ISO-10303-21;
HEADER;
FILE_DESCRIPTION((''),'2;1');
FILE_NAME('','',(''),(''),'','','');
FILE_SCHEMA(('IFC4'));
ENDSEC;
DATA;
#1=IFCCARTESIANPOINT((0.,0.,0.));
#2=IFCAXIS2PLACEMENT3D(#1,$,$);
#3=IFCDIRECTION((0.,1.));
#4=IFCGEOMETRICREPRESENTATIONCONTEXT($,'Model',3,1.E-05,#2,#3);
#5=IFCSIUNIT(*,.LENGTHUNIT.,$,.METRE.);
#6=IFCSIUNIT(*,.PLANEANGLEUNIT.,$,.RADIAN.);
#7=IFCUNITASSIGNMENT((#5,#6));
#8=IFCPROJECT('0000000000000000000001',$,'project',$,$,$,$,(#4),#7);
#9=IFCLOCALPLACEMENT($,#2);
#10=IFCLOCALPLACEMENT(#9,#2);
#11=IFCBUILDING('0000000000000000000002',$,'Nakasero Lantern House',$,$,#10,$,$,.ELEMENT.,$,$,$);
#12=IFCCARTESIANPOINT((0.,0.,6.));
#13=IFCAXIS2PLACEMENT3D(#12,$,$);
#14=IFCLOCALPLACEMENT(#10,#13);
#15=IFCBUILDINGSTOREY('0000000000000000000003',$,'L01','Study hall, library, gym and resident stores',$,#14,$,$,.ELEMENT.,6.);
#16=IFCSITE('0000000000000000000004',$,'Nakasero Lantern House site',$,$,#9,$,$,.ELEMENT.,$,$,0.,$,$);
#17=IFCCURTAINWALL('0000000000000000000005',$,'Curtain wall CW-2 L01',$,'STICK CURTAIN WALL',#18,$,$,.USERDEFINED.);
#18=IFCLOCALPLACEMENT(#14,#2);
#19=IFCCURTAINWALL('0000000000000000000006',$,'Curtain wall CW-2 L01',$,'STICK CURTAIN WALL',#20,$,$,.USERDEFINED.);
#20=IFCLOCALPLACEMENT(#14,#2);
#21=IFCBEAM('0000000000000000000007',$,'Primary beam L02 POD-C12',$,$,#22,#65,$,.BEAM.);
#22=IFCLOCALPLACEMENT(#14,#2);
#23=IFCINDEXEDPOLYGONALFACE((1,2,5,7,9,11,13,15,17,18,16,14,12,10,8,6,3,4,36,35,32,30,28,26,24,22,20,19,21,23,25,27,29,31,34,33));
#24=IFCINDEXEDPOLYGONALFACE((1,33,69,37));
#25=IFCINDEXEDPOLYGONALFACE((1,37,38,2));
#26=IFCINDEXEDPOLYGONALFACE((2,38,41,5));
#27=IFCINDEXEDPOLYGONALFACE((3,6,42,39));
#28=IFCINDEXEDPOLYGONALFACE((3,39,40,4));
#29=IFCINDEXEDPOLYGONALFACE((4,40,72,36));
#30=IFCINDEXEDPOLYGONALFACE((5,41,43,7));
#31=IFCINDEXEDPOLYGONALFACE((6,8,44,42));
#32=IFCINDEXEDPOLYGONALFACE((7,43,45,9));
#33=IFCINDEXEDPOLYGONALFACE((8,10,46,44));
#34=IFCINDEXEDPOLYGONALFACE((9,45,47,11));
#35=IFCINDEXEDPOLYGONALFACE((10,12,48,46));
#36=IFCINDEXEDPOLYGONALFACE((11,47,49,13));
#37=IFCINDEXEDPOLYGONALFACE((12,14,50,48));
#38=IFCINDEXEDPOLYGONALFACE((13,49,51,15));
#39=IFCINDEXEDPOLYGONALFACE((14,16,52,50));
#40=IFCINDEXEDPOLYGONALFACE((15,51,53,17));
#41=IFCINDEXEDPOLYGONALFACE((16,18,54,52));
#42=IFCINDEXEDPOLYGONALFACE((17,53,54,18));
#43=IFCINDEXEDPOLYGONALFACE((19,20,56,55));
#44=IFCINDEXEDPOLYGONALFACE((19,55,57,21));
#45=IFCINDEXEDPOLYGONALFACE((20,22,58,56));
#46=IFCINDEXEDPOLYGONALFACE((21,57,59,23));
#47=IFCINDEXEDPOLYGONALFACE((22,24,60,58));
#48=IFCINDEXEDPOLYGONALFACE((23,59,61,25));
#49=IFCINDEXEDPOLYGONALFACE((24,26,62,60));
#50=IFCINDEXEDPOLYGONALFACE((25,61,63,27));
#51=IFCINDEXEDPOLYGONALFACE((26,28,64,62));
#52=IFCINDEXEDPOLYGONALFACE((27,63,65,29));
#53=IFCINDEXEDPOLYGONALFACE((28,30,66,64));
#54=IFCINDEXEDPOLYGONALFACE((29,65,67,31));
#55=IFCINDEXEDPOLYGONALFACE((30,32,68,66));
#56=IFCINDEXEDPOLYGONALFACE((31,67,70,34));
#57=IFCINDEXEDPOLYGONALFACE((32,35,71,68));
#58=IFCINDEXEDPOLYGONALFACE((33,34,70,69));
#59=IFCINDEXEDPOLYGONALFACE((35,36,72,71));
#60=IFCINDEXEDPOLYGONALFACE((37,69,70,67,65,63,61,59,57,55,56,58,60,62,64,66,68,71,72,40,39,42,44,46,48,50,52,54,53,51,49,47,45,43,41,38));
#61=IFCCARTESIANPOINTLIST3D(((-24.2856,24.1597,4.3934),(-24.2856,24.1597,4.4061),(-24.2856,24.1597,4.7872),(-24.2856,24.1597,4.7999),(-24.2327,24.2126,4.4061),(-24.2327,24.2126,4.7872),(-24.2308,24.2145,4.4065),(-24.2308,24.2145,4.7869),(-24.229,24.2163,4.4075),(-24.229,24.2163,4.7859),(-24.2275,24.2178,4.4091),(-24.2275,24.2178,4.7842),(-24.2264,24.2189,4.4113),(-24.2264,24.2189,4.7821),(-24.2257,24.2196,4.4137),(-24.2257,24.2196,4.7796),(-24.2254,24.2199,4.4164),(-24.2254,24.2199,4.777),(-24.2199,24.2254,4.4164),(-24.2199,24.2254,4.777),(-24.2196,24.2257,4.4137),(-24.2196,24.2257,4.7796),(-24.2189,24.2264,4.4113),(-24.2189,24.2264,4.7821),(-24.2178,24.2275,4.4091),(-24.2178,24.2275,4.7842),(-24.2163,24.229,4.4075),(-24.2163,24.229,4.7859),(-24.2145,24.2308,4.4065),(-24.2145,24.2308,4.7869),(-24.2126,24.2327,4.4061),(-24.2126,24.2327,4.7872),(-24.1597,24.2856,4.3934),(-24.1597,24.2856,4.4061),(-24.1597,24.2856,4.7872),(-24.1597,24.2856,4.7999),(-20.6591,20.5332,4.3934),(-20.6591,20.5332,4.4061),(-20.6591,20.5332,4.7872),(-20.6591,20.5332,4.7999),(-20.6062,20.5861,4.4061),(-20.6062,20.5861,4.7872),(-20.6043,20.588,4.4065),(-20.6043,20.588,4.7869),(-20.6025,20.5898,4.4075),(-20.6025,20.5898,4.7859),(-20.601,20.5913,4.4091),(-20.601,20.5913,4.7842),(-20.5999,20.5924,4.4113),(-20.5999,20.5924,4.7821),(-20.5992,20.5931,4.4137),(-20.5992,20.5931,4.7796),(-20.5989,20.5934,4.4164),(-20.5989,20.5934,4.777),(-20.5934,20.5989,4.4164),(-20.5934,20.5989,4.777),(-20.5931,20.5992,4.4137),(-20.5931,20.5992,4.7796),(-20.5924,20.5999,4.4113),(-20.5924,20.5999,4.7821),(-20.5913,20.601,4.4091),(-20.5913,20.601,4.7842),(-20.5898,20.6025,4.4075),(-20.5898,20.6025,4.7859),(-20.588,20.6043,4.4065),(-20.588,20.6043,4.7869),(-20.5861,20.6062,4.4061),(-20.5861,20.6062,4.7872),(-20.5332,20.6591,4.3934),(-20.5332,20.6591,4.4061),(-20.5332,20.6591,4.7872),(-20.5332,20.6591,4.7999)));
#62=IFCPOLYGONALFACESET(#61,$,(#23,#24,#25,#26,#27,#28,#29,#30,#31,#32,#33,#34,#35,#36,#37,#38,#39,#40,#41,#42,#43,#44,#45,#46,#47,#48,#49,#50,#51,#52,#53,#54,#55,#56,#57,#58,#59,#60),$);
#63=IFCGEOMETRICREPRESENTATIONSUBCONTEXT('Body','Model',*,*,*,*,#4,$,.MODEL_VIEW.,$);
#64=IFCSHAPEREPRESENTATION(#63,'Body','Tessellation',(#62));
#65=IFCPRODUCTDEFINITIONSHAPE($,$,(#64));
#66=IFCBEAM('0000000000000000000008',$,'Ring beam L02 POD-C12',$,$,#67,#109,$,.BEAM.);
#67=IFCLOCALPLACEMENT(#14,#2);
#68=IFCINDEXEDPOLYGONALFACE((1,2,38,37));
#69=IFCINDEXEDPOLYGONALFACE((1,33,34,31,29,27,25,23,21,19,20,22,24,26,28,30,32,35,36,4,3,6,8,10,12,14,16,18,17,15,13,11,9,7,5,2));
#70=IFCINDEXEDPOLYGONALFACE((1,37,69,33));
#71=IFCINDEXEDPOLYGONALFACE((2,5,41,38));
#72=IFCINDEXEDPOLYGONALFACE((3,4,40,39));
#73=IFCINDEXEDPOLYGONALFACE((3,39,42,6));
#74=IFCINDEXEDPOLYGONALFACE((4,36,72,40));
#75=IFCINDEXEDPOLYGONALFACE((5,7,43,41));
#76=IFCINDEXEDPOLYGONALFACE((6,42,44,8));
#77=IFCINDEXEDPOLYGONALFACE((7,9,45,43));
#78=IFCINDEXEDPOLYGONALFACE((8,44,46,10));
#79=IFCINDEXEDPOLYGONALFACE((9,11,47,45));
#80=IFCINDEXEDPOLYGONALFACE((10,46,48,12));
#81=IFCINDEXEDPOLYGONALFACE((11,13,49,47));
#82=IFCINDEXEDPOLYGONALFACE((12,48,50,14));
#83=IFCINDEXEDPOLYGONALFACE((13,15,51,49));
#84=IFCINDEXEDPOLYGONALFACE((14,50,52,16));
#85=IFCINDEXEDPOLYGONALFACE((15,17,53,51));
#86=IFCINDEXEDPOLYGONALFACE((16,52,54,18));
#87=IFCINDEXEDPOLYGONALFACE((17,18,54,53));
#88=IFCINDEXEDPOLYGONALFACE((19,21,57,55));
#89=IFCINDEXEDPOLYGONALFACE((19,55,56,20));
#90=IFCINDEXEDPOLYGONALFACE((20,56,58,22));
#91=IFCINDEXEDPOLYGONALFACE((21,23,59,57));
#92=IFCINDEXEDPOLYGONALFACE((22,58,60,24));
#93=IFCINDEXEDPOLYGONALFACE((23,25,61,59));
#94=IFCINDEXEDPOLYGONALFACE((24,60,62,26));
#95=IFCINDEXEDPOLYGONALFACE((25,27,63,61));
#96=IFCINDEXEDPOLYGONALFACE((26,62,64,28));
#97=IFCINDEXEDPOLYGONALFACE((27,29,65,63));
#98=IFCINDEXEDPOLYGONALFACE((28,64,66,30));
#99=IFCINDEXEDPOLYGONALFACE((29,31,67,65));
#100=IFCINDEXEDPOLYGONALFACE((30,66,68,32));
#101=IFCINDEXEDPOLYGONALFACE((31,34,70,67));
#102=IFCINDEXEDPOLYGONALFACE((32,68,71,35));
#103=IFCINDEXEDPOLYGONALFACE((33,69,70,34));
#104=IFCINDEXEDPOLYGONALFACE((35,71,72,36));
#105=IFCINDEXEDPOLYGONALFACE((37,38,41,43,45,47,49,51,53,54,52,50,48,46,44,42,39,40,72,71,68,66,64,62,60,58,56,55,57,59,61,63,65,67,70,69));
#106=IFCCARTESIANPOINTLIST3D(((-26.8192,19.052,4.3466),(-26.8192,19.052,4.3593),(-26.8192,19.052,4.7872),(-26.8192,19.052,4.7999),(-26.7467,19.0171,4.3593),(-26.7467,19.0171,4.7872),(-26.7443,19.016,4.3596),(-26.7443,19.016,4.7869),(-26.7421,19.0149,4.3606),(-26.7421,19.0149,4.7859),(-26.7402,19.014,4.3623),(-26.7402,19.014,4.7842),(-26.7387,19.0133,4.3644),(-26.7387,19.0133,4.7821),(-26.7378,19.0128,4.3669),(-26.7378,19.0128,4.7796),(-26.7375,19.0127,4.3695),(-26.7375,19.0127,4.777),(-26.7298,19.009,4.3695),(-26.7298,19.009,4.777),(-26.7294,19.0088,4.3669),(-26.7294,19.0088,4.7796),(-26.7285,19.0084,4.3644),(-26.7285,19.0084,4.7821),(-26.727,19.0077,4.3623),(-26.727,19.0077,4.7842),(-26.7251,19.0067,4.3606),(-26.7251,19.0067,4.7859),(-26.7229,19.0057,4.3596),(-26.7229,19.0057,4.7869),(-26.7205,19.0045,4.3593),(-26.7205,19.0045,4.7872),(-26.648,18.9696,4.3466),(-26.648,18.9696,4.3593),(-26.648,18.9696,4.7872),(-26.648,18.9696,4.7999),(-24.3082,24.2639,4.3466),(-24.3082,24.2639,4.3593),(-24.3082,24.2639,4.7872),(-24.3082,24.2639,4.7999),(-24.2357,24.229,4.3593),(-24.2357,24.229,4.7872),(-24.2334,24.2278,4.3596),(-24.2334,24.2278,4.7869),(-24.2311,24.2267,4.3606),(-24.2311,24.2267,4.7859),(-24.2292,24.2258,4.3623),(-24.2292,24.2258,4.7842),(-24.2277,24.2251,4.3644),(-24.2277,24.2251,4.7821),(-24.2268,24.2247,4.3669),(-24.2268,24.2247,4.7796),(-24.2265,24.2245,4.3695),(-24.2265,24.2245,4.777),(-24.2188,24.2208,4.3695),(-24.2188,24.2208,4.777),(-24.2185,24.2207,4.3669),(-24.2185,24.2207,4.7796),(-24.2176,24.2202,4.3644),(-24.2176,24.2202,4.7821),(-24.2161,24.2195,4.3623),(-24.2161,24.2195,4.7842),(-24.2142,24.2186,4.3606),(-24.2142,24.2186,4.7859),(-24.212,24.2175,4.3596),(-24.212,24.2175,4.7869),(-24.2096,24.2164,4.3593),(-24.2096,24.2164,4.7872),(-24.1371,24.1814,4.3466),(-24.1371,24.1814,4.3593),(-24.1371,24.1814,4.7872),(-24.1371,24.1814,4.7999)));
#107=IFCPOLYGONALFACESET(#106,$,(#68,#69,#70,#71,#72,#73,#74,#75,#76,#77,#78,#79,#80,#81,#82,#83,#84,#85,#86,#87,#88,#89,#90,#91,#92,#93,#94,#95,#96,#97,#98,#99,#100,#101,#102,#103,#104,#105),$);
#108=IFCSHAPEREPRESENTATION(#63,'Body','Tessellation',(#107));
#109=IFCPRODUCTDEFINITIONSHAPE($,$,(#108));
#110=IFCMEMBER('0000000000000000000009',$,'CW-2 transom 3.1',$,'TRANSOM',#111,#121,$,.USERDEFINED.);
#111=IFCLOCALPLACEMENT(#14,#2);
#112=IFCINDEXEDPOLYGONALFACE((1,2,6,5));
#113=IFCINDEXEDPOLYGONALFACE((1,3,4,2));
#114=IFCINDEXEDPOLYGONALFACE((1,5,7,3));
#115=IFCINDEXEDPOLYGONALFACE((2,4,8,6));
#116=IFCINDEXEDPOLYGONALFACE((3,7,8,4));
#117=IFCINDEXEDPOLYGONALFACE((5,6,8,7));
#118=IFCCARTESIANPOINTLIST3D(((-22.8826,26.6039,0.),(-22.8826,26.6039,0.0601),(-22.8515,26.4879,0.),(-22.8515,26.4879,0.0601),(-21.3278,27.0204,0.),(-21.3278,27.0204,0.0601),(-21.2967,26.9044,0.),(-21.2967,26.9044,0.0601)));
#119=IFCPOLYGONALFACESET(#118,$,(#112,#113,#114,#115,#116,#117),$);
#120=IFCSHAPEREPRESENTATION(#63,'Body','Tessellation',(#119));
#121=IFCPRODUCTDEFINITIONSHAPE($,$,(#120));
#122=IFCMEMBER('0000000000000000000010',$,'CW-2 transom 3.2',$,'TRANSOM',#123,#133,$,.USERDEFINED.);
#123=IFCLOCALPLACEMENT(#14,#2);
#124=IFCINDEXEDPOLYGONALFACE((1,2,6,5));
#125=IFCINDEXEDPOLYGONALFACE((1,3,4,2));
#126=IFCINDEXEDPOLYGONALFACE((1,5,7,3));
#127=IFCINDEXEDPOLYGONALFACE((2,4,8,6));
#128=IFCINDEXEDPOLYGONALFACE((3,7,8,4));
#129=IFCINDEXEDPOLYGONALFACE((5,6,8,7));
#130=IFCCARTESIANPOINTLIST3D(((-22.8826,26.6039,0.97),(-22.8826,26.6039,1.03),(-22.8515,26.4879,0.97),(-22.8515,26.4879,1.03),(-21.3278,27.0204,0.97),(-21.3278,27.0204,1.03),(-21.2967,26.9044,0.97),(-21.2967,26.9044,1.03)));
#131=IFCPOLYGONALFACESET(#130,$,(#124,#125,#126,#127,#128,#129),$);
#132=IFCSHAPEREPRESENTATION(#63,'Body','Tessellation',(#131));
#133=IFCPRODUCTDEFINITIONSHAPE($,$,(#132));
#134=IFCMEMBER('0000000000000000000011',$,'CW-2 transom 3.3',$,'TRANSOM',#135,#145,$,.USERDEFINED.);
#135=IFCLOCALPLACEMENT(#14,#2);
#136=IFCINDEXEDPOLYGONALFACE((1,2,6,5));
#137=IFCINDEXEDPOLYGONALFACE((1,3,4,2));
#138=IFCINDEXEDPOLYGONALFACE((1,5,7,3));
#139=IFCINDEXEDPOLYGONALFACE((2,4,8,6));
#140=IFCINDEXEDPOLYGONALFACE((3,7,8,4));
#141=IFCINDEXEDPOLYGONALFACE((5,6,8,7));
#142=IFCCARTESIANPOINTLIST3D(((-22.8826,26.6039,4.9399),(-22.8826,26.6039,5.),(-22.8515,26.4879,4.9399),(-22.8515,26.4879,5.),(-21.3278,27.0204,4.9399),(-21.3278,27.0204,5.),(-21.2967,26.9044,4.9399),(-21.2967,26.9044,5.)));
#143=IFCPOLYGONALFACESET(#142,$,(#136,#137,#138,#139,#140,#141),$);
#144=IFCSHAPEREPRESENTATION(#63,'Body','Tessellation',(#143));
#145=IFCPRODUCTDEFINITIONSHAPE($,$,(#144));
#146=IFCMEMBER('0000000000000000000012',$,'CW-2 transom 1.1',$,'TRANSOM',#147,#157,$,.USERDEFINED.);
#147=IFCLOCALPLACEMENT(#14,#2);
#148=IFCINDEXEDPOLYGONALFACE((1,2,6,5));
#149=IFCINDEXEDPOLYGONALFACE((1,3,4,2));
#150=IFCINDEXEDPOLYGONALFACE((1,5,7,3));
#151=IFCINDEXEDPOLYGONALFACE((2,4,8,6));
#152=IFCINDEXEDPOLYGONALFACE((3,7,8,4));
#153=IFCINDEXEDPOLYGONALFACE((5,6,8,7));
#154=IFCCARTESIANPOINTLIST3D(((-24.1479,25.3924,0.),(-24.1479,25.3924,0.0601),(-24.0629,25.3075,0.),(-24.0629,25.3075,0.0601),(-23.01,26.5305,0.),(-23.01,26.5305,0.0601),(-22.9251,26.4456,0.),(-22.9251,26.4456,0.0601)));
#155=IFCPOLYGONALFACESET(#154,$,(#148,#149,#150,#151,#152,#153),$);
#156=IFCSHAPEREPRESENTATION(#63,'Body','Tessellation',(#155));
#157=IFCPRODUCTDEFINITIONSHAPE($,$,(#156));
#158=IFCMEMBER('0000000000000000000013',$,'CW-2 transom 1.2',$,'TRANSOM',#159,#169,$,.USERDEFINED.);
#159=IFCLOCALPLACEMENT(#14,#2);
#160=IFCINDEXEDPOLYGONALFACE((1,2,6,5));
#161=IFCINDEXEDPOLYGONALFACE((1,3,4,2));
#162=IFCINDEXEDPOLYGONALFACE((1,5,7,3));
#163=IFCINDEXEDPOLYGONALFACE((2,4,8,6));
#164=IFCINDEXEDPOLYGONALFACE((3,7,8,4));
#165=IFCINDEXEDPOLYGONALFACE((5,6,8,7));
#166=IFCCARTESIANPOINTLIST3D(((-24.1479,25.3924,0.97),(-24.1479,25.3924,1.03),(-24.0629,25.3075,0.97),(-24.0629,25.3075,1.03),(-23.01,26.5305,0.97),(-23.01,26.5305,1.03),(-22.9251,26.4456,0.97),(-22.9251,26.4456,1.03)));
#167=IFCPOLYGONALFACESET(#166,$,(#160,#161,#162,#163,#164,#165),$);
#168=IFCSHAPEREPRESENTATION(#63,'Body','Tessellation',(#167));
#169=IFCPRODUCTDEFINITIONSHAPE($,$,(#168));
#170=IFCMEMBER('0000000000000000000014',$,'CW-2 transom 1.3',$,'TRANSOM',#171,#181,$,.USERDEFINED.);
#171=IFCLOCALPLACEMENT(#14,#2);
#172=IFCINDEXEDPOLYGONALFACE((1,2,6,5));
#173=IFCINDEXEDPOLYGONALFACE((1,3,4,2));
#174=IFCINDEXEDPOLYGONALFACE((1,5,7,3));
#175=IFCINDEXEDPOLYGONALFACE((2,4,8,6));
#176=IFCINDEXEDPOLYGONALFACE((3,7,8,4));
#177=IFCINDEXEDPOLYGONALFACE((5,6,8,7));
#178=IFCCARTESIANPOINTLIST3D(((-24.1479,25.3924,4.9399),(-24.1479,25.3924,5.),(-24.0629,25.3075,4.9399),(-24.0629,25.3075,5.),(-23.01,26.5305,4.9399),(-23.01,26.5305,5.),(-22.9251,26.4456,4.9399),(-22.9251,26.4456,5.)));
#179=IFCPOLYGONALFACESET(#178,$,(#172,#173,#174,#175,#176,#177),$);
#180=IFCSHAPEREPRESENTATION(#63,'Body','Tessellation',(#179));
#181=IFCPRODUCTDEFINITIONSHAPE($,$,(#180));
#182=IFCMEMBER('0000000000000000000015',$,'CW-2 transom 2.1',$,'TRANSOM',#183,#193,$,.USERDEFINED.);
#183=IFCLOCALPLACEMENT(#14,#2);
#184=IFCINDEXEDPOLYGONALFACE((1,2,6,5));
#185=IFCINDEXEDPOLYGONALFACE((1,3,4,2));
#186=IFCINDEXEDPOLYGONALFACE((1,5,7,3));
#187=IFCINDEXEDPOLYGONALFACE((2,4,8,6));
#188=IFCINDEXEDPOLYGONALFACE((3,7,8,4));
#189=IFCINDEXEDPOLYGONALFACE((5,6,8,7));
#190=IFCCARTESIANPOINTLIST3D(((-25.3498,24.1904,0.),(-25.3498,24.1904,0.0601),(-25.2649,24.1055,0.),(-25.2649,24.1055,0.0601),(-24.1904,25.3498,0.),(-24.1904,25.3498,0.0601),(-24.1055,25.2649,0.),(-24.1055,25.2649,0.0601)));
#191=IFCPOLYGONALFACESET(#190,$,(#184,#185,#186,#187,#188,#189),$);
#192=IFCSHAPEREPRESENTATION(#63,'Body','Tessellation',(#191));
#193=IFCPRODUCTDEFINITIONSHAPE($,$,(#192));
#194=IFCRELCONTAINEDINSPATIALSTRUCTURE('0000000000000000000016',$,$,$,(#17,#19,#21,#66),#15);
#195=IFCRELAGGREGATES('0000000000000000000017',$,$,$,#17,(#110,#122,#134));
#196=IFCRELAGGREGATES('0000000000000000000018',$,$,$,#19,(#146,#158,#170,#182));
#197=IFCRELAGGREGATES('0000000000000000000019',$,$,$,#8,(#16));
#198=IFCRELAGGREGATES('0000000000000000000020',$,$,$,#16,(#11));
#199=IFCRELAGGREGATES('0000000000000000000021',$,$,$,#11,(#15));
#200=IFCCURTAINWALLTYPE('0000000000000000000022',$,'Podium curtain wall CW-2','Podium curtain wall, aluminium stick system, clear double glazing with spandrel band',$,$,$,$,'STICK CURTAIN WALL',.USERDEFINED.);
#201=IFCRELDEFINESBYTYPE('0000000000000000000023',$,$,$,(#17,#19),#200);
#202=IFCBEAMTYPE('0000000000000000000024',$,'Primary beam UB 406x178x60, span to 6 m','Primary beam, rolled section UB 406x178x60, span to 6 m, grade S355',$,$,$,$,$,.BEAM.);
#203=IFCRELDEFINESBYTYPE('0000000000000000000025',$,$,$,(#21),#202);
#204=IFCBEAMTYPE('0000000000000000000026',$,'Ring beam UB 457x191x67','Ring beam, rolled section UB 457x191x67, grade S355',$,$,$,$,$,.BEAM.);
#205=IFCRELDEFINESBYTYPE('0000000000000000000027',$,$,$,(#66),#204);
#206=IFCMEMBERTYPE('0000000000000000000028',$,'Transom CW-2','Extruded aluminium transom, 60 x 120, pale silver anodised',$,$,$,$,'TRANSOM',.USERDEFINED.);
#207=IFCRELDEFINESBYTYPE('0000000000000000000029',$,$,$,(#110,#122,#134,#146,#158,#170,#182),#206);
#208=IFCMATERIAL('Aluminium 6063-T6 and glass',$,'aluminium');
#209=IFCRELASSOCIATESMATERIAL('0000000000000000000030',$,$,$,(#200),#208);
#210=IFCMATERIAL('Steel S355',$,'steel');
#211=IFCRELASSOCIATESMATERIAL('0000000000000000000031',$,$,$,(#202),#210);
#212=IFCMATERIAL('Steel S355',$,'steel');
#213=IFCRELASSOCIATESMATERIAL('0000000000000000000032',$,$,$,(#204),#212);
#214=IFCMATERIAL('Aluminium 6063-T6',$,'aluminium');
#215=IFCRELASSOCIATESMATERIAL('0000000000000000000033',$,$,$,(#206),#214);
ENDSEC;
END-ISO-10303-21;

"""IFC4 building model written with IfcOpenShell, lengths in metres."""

from ifc_helpers import new_model, si_unit, direction, frame, origin, origin_2d, place, context, subcontext, project, spatial, rectangle, i_section, extrude, material, material_profile, profile_set, type_object, element, aggregate, save


model = new_model("IFC4")

# Units and contexts
model_context = context("Model", 3, precision=1e-05, world=origin(), true_north=direction((0.0, 1.0)))
body_context = subcontext(model_context, "Body", "Model", "MODEL_VIEW")
ifc_project = project(units=[si_unit("LENGTHUNIT", "METRE"), si_unit("PLANEANGLEUNIT", "RADIAN")], contexts=[model_context])

# Site, building, storey
site_placement = place(None, origin())
site = spatial("IfcSite", under=ifc_project, at=site_placement, Name="Nakasero Lantern House site", CompositionType="ELEMENT", RefElevation=0.0)
building_placement = place(site_placement, origin())
building = spatial("IfcBuilding", under=site, at=building_placement, Name="Nakasero Lantern House", CompositionType="ELEMENT")
storey_placement = place(building_placement, frame((0.0, 0.0, 6.0)))
storey = spatial("IfcBuildingStorey", under=building, at=storey_placement, Name="L01", Description="Study hall, library, gym and resident stores", CompositionType="ELEMENT", Elevation=6.0)

# Curtain walls
ifc_material_1 = material(Name="Aluminium 6063-T6 and glass", Category="aluminium")
curtain_wall_type = type_object("IfcCurtainWallType", Name="Podium curtain wall CW-2", Description="Podium curtain wall, aluminium stick system, clear double glazing with spandrel band", ElementType="STICK CURTAIN WALL", PredefinedType="USERDEFINED", material=ifc_material_1)
curtain_wall_1_placement = place(storey_placement, origin())
curtain_wall_1 = element("IfcCurtainWall", 1, at=curtain_wall_1_placement, inside=storey, type_object=curtain_wall_type, Name="Curtain wall CW-2 L01", ObjectType="STICK CURTAIN WALL", PredefinedType="USERDEFINED")
curtain_wall_2_placement = place(storey_placement, origin())
curtain_wall_2 = element("IfcCurtainWall", 2, at=curtain_wall_2_placement, inside=storey, type_object=curtain_wall_type, Name="Curtain wall CW-2 L01", ObjectType="STICK CURTAIN WALL", PredefinedType="USERDEFINED")

# Beams
ifc_material_2 = material(Name="Steel S355", Category="steel")
ifc_material_profile_1 = material_profile(ifc_material_2, i_section(OverallWidth=0.178, OverallDepth=0.4065, WebThickness=0.0078, FlangeThickness=0.0127, FilletRadius=0.0103, at=origin_2d()), Name="UB 406x178x60")
ifc_profile_set_1 = profile_set([ifc_material_profile_1], Name="Steel S355")
beam_type_1 = type_object("IfcBeamType", Name="Primary beam UB 406x178x60, span to 6 m", Description="Primary beam, rolled section UB 406x178x60, span to 6 m, grade S355", PredefinedType="BEAM", material=ifc_profile_set_1)
beam_1_placement = place(storey_placement, frame((-24.2227, 24.2227, 4.5967), z_axis=(0.707107, -0.707107, 0.0), x_axis=(0.707107, 0.707107, 0.0)))
element("IfcBeam", 3, at=beam_1_placement, inside=storey, type_object=beam_type_1, Name="Primary beam L02 POD-C12", PredefinedType="BEAM", context=body_context, shape_type="SweptSolid", body=[
    extrude(i_section(OverallWidth=0.178, OverallDepth=0.4065, WebThickness=0.0078, FlangeThickness=0.0127, FilletRadius=0.0103, at=origin_2d()), origin(), (0.0, 0.0, 1.0), 5.1287),
])
ifc_material_3 = material(Name="Steel S355", Category="steel")
ifc_material_profile_2 = material_profile(ifc_material_3, i_section(OverallWidth=0.1899, OverallDepth=0.4534, WebThickness=0.0085, FlangeThickness=0.0127, FilletRadius=0.0103, at=origin_2d()), Name="UB 457x191x67")
ifc_profile_set_2 = profile_set([ifc_material_profile_2], Name="Steel S355")
beam_type_2 = type_object("IfcBeamType", Name="Ring beam UB 457x191x67", Description="Ring beam, rolled section UB 457x191x67, grade S355", PredefinedType="BEAM", material=ifc_profile_set_2)
beam_2_placement = place(storey_placement, frame((-24.2227, 24.2227, 4.5732), z_axis=(-0.434033, -0.900897, 0.0), x_axis=(0.900897, -0.434033, 0.0)))
element("IfcBeam", 4, at=beam_2_placement, inside=storey, type_object=beam_type_2, Name="Ring beam L02 POD-C12", PredefinedType="BEAM", context=body_context, shape_type="SweptSolid", body=[
    extrude(i_section(OverallWidth=0.1899, OverallDepth=0.4534, WebThickness=0.0085, FlangeThickness=0.0127, FilletRadius=0.0103, at=origin_2d()), origin(), (0.0, 0.0, 1.0), 5.7852),
])

# Members
ifc_material_4 = material(Name="Aluminium 6063-T6", Category="aluminium")
ifc_material_profile_3 = material_profile(ifc_material_4, rectangle(XDim=0.0601, YDim=0.1201, at=origin_2d()), Name="CW-2 transom 60x120")
ifc_profile_set_3 = profile_set([ifc_material_profile_3], Name="Aluminium 6063-T6")
member_type_1 = type_object("IfcMemberType", Name="Transom CW-2", Description="Extruded aluminium transom, 60 x 120, pale silver anodised", ElementType="TRANSOM", PredefinedType="USERDEFINED", material=ifc_profile_set_3)
member_1_placement = place(storey_placement, frame((-21.3123, 26.9624, 0.03), z_axis=(-0.965937, -0.258777, 0.0), x_axis=(0.0, 0.0, 1.0)))
member_1 = element("IfcMember", 5, at=member_1_placement, type_object=member_type_1, Name="CW-2 transom 3.1", ObjectType="TRANSOM", PredefinedType="USERDEFINED", context=body_context, shape_type="SweptSolid", body=[
    extrude(rectangle(XDim=0.0601, YDim=0.1201, at=origin_2d()), origin(), (0.0, 0.0, 1.0), 1.6096),
])
member_2_placement = place(storey_placement, frame((-21.3123, 26.9624, 1.0), z_axis=(-0.965937, -0.258777, 0.0), x_axis=(0.0, 0.0, 1.0)))
member_2 = element("IfcMember", 6, at=member_2_placement, type_object=member_type_1, Name="CW-2 transom 3.2", ObjectType="TRANSOM", PredefinedType="USERDEFINED", context=body_context, shape_type="SweptSolid", body=[
    extrude(rectangle(XDim=0.0601, YDim=0.1201, at=origin_2d()), origin(), (0.0, 0.0, 1.0), 1.6096),
])
member_3_placement = place(storey_placement, frame((-21.3123, 26.9624, 4.97), z_axis=(-0.965937, -0.258777, 0.0), x_axis=(0.0, 0.0, 1.0)))
member_3 = element("IfcMember", 7, at=member_3_placement, type_object=member_type_1, Name="CW-2 transom 3.3", ObjectType="TRANSOM", PredefinedType="USERDEFINED", context=body_context, shape_type="SweptSolid", body=[
    extrude(rectangle(XDim=0.0601, YDim=0.1201, at=origin_2d()), origin(), (0.0, 0.0, 1.0), 1.6096),
])
member_4_placement = place(storey_placement, frame((-22.9675, 26.488, 0.03), z_axis=(-0.707031, -0.707183, 0.0), x_axis=(0.0, 0.0, 1.0)))
member_4 = element("IfcMember", 8, at=member_4_placement, type_object=member_type_1, Name="CW-2 transom 1.1", ObjectType="TRANSOM", PredefinedType="USERDEFINED", context=body_context, shape_type="SweptSolid", body=[
    extrude(rectangle(XDim=0.0601, YDim=0.1201, at=origin_2d()), origin(), (0.0, 0.0, 1.0), 1.6094),
])
member_5_placement = place(storey_placement, frame((-22.9675, 26.488, 1.0), z_axis=(-0.707031, -0.707183, 0.0), x_axis=(0.0, 0.0, 1.0)))
member_5 = element("IfcMember", 9, at=member_5_placement, type_object=member_type_1, Name="CW-2 transom 1.2", ObjectType="TRANSOM", PredefinedType="USERDEFINED", context=body_context, shape_type="SweptSolid", body=[
    extrude(rectangle(XDim=0.0601, YDim=0.1201, at=origin_2d()), origin(), (0.0, 0.0, 1.0), 1.6094),
])
member_6_placement = place(storey_placement, frame((-22.9675, 26.488, 4.97), z_axis=(-0.707031, -0.707183, 0.0), x_axis=(0.0, 0.0, 1.0)))
member_6 = element("IfcMember", 10, at=member_6_placement, type_object=member_type_1, Name="CW-2 transom 1.3", ObjectType="TRANSOM", PredefinedType="USERDEFINED", context=body_context, shape_type="SweptSolid", body=[
    extrude(rectangle(XDim=0.0601, YDim=0.1201, at=origin_2d()), origin(), (0.0, 0.0, 1.0), 1.6094),
])
member_7_placement = place(storey_placement, frame((-24.1479, 25.3074, 0.03), z_axis=(-0.707107, -0.707107, 0.0), x_axis=(0.0, 0.0, 1.0)))
member_7 = element("IfcMember", 11, at=member_7_placement, type_object=member_type_1, Name="CW-2 transom 2.1", ObjectType="TRANSOM", PredefinedType="USERDEFINED", context=body_context, shape_type="SweptSolid", body=[
    extrude(rectangle(XDim=0.0601, YDim=0.1201, at=origin_2d()), origin(), (0.0, 0.0, 1.0), 1.6396),
])

aggregate(curtain_wall_1, [member_1, member_2, member_3])
aggregate(curtain_wall_2, [member_4, member_5, member_6, member_7])

save(model, "model.ifc")
